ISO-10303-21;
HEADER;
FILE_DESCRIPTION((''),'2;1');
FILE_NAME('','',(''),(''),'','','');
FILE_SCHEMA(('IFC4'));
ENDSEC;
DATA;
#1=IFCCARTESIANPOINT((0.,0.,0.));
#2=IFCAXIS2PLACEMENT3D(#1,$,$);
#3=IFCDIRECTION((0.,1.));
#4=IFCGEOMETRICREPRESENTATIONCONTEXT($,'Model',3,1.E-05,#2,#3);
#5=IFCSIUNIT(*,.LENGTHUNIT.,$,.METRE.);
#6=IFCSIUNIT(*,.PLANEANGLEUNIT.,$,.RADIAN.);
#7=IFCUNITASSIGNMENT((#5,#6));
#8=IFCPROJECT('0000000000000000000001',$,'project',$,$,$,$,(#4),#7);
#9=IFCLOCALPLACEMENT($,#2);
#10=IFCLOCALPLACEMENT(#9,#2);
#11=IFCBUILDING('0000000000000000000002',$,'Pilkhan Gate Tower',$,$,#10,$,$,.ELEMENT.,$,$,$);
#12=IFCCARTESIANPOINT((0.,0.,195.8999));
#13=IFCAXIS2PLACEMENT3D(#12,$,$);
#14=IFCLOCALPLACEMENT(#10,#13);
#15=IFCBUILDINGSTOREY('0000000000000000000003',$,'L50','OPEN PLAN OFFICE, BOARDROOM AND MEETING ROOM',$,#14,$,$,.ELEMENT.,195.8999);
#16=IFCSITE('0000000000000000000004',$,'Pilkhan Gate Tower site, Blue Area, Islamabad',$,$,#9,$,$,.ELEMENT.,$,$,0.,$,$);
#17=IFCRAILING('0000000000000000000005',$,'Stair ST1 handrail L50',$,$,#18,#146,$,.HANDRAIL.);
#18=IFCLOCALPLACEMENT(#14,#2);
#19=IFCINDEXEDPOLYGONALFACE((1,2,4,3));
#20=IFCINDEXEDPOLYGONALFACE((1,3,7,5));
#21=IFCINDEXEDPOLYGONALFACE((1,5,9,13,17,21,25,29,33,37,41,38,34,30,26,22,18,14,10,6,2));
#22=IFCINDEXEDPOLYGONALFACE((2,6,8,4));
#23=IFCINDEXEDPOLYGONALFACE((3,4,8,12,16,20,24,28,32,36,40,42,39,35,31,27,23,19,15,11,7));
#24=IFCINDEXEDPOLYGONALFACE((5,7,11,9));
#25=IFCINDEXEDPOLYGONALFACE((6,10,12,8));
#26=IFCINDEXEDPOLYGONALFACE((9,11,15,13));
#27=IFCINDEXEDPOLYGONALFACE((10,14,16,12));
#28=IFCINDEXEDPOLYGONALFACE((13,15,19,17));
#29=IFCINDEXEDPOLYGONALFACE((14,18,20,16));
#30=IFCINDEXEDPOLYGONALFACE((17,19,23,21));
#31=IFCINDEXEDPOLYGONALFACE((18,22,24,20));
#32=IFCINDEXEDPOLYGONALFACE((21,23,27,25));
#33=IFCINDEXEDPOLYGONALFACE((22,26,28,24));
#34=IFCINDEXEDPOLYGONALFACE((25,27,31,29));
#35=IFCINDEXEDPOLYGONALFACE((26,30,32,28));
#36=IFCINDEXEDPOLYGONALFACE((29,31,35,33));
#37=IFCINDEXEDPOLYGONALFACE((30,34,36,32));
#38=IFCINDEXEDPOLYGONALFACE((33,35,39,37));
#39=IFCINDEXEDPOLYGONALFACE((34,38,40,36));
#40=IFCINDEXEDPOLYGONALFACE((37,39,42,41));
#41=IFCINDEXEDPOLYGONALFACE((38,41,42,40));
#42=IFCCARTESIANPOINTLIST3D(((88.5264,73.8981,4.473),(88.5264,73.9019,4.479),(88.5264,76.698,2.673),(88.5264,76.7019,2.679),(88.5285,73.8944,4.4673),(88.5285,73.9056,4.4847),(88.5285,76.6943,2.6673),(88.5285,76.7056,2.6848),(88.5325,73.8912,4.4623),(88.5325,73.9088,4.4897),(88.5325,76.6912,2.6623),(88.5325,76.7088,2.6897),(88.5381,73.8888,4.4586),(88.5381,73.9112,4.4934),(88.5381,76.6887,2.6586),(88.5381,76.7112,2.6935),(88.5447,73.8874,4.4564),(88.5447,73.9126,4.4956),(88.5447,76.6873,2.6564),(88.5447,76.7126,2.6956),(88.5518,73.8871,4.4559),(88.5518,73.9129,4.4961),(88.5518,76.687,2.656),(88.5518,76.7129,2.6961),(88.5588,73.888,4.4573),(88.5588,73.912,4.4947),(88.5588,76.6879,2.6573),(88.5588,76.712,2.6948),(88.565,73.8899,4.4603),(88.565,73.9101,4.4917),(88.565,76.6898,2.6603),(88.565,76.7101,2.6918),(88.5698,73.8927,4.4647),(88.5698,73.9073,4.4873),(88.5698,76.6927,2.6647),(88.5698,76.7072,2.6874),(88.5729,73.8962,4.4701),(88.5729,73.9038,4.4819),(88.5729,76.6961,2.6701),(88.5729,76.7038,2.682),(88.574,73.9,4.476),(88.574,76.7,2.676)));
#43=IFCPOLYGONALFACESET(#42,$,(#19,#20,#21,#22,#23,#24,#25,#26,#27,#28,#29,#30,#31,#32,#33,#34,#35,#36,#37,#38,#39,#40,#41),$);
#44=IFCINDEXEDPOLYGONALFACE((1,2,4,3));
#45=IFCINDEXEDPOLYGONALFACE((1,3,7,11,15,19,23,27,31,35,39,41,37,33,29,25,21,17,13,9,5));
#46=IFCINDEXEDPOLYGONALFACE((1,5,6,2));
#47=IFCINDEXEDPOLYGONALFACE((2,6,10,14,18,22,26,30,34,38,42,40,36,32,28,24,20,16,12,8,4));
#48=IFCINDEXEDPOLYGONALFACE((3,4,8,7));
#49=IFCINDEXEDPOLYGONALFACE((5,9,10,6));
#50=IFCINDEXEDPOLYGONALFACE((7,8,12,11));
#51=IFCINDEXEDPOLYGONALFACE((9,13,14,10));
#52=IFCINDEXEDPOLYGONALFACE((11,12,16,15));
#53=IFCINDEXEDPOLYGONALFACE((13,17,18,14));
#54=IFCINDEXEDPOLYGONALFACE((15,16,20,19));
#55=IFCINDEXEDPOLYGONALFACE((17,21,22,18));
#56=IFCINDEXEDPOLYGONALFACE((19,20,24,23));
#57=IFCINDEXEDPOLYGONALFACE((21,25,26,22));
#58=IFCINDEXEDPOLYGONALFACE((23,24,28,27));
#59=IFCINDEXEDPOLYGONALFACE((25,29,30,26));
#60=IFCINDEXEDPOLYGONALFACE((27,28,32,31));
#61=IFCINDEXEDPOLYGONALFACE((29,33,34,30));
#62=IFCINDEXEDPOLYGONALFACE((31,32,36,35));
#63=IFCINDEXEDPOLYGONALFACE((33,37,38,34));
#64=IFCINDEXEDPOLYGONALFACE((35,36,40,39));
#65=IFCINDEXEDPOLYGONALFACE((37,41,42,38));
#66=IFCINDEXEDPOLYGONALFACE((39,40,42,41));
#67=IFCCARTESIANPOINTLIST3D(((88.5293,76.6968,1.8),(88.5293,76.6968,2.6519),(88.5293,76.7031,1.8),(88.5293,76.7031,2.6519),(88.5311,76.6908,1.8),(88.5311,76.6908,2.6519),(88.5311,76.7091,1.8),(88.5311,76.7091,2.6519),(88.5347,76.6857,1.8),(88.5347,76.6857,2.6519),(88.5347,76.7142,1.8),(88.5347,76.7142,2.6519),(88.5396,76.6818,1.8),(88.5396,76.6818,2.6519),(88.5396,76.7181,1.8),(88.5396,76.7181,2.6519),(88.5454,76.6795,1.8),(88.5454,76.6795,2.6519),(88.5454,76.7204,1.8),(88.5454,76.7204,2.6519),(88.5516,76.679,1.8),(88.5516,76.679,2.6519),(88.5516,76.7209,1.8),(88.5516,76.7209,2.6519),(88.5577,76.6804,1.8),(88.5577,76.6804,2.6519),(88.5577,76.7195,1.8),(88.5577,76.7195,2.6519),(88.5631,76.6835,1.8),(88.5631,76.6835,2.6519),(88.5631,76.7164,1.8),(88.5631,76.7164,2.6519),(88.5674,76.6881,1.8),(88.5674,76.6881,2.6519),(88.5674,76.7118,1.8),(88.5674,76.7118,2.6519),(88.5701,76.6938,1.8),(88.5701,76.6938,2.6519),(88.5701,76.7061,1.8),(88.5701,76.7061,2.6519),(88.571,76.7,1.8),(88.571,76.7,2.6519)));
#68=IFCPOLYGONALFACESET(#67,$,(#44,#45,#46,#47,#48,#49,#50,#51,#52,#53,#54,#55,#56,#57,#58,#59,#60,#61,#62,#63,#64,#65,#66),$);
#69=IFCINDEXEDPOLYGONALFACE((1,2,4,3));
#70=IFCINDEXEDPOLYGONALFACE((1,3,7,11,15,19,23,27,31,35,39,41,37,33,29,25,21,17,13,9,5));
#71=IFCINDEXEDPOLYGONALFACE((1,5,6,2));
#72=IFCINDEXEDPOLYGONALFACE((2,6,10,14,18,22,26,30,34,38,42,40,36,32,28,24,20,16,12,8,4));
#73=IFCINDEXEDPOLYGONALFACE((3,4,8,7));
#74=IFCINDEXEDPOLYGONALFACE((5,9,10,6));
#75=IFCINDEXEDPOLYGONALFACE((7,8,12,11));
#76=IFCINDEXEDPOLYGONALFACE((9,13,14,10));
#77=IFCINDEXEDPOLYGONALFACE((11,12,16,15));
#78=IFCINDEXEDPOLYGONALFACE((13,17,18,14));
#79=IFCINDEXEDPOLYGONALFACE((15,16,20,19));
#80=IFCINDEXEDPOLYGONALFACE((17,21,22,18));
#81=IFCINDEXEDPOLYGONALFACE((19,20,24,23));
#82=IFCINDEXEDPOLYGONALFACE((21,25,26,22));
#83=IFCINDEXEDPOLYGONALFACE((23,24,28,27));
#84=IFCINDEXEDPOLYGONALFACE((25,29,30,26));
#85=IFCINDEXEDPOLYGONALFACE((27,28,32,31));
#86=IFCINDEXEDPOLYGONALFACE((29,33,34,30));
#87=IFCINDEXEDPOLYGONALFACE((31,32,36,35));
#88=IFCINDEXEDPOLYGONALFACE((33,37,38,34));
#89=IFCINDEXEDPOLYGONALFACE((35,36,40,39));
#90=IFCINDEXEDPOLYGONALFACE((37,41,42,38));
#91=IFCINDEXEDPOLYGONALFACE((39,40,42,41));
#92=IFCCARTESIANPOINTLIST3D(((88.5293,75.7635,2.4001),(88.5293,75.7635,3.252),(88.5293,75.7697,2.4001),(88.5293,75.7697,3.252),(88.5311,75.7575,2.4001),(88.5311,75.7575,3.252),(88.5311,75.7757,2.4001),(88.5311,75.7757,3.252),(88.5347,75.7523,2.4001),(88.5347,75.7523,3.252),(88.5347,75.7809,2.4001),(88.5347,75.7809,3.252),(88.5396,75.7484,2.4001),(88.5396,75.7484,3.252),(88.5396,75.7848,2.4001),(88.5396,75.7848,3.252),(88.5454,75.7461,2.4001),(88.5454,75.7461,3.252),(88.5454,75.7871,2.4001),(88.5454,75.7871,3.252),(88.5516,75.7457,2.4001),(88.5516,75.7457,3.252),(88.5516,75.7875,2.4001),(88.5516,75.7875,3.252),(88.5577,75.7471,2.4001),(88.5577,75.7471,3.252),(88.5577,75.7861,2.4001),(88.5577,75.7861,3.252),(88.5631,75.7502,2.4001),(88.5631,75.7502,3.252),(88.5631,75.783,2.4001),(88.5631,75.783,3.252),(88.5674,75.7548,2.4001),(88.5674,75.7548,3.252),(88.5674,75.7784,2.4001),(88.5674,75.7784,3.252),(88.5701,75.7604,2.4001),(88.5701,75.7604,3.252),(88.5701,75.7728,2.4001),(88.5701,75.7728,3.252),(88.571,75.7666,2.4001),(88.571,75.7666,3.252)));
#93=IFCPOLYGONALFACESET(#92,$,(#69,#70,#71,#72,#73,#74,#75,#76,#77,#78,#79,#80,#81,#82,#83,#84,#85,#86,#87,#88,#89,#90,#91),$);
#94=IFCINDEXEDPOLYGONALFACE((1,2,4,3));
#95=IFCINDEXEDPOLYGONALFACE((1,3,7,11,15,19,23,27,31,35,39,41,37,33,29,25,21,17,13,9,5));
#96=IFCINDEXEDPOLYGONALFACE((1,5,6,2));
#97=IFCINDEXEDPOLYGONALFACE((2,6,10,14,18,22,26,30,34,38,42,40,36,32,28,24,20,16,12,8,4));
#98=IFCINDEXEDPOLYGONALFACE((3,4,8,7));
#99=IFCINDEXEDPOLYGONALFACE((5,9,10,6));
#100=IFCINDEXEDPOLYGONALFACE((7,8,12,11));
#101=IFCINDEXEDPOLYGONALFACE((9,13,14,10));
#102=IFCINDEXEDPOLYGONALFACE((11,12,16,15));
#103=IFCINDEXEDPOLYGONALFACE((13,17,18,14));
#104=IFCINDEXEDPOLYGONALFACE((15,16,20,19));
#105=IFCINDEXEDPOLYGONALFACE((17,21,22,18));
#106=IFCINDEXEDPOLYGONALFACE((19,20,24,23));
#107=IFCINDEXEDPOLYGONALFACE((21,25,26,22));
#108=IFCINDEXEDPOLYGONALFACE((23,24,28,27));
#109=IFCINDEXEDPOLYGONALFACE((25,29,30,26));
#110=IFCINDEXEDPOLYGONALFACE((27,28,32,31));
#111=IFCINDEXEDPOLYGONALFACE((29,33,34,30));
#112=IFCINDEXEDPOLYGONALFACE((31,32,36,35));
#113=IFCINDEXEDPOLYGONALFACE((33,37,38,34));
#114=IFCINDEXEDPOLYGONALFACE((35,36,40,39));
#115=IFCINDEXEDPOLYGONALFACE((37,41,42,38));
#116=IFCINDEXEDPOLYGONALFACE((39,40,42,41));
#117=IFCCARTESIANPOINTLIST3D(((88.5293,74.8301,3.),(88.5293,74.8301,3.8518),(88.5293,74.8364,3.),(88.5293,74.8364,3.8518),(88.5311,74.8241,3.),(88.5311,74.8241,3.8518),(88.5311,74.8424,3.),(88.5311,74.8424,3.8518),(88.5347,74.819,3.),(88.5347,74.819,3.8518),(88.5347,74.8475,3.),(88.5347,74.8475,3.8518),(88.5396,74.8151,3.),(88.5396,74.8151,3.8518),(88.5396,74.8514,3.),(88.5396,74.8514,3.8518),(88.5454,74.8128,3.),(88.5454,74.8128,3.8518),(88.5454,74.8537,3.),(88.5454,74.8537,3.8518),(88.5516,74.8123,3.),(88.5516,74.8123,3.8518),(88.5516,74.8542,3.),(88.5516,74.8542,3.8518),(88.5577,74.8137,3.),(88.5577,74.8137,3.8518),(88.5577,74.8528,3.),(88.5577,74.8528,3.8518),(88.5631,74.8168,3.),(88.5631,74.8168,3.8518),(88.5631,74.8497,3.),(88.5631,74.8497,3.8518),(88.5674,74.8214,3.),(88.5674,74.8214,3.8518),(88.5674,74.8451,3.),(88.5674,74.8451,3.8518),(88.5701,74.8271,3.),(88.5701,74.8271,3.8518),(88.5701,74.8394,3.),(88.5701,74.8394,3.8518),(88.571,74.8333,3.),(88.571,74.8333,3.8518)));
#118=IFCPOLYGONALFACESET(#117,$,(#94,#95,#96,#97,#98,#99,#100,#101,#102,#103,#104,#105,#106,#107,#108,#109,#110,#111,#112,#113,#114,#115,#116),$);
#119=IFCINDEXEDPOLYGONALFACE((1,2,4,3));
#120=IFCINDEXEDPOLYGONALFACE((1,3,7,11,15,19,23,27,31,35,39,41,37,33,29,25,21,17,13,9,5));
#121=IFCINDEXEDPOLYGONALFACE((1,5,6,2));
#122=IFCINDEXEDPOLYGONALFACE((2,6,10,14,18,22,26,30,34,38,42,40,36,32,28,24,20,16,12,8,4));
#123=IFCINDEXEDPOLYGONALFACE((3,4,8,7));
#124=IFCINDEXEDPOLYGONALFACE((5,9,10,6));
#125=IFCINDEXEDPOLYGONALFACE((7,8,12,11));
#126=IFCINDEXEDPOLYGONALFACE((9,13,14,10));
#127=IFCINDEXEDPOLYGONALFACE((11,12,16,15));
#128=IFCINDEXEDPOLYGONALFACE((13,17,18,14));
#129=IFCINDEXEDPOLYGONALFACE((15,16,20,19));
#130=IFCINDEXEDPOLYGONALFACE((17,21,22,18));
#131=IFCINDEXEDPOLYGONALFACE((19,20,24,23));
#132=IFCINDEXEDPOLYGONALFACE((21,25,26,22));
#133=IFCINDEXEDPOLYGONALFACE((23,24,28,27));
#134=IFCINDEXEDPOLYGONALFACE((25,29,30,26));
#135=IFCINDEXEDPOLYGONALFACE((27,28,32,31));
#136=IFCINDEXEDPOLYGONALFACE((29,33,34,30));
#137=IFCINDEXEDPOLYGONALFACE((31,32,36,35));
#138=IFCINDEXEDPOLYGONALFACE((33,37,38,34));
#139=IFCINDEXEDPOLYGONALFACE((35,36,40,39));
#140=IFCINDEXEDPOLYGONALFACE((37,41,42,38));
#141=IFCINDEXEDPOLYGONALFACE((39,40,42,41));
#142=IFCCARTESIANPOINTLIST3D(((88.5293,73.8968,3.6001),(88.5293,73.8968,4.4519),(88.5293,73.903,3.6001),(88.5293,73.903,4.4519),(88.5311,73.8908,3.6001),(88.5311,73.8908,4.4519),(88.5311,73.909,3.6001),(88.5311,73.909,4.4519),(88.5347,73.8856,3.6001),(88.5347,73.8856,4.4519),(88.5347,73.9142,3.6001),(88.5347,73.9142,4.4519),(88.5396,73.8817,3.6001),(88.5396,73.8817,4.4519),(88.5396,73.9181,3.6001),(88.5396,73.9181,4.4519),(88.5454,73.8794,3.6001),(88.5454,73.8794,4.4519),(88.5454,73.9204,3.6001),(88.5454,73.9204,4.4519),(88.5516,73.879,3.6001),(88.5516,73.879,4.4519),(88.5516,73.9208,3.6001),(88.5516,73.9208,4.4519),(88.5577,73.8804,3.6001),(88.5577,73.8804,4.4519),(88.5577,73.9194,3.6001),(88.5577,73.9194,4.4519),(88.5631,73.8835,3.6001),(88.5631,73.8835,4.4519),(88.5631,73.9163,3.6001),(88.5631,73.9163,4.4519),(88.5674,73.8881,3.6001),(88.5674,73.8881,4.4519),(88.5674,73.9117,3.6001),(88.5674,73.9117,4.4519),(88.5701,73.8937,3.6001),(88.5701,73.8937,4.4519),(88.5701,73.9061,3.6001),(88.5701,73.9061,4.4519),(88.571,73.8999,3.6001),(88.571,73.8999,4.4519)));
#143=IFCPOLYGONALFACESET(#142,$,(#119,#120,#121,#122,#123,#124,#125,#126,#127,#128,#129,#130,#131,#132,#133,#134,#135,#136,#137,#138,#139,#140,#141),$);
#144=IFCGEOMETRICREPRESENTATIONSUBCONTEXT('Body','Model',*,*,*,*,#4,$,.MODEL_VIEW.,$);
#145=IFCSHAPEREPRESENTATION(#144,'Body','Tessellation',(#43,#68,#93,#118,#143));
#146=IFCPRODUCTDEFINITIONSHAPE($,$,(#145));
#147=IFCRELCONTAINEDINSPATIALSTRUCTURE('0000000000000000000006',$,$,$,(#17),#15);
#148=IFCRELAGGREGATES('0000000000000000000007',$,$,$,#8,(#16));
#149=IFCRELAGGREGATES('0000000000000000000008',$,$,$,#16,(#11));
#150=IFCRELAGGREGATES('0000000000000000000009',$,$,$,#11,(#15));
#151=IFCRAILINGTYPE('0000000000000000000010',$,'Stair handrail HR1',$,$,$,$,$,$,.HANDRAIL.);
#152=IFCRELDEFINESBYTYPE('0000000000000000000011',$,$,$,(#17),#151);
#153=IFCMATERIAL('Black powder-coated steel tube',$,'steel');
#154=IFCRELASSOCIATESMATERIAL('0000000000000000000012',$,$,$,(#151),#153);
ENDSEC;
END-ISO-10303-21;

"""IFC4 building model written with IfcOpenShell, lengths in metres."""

from ifc_helpers import new_model, si_unit, direction, frame, origin, origin_2d, place, context, subcontext, project, spatial, circle, extrude, material, type_object, element, save


model = new_model("IFC4")

# Units and contexts
model_context = context("Model", 3, precision=1e-05, world=origin(), true_north=direction((0.0, 1.0)))
body_context = subcontext(model_context, "Body", "Model", "MODEL_VIEW")
ifc_project = project(units=[si_unit("LENGTHUNIT", "METRE"), si_unit("PLANEANGLEUNIT", "RADIAN")], contexts=[model_context])

# Site, building, storey
site_placement = place(None, origin())
site = spatial("IfcSite", under=ifc_project, at=site_placement, Name="Pilkhan Gate Tower site, Blue Area, Islamabad", CompositionType="ELEMENT", RefElevation=0.0)
building_placement = place(site_placement, origin())
building = spatial("IfcBuilding", under=site, at=building_placement, Name="Pilkhan Gate Tower", CompositionType="ELEMENT")
storey_placement = place(building_placement, frame((0.0, 0.0, 195.8999)))
storey = spatial("IfcBuildingStorey", under=building, at=storey_placement, Name="L50", Description="OPEN PLAN OFFICE, BOARDROOM AND MEETING ROOM", CompositionType="ELEMENT", Elevation=195.8999)

# Railing
ifc_material_1 = material(Name="Black powder-coated steel tube", Category="steel")
railing_type_1 = type_object("IfcRailingType", Name="Stair handrail HR1", PredefinedType="HANDRAIL", material=ifc_material_1)
railing_1_placement = place(storey_placement, frame((88.55, 76.7, 1.8)))
element("IfcRailing", 1, at=railing_1_placement, inside=storey, type_object=railing_type_1, Name="Stair ST1 handrail L50", PredefinedType="HANDRAIL", context=body_context, shape_type="SweptSolid", body=[
    extrude(circle(Radius=0.0239, at=origin_2d()), frame((0.0, 0.0, 0.876), z_axis=(0.0, -0.841176, 0.540761), x_axis=(1.0, 0.0, 0.0)), (0.0, 0.0, 1.0), 3.3286),
    extrude(circle(Radius=0.021, at=origin_2d()), origin(), (0.0, 0.0, 1.0), 0.8518),
    extrude(circle(Radius=0.021, at=origin_2d()), frame((0.0, -0.9333, 0.6001)), (0.0, 0.0, 1.0), 0.8518),
    extrude(circle(Radius=0.021, at=origin_2d()), frame((0.0, -1.8667, 1.2)), (0.0, 0.0, 1.0), 0.8518),
    extrude(circle(Radius=0.021, at=origin_2d()), frame((0.0, -2.8, 1.8)), (0.0, 0.0, 1.0), 0.8518),
])

save(model, "model.ifc")
